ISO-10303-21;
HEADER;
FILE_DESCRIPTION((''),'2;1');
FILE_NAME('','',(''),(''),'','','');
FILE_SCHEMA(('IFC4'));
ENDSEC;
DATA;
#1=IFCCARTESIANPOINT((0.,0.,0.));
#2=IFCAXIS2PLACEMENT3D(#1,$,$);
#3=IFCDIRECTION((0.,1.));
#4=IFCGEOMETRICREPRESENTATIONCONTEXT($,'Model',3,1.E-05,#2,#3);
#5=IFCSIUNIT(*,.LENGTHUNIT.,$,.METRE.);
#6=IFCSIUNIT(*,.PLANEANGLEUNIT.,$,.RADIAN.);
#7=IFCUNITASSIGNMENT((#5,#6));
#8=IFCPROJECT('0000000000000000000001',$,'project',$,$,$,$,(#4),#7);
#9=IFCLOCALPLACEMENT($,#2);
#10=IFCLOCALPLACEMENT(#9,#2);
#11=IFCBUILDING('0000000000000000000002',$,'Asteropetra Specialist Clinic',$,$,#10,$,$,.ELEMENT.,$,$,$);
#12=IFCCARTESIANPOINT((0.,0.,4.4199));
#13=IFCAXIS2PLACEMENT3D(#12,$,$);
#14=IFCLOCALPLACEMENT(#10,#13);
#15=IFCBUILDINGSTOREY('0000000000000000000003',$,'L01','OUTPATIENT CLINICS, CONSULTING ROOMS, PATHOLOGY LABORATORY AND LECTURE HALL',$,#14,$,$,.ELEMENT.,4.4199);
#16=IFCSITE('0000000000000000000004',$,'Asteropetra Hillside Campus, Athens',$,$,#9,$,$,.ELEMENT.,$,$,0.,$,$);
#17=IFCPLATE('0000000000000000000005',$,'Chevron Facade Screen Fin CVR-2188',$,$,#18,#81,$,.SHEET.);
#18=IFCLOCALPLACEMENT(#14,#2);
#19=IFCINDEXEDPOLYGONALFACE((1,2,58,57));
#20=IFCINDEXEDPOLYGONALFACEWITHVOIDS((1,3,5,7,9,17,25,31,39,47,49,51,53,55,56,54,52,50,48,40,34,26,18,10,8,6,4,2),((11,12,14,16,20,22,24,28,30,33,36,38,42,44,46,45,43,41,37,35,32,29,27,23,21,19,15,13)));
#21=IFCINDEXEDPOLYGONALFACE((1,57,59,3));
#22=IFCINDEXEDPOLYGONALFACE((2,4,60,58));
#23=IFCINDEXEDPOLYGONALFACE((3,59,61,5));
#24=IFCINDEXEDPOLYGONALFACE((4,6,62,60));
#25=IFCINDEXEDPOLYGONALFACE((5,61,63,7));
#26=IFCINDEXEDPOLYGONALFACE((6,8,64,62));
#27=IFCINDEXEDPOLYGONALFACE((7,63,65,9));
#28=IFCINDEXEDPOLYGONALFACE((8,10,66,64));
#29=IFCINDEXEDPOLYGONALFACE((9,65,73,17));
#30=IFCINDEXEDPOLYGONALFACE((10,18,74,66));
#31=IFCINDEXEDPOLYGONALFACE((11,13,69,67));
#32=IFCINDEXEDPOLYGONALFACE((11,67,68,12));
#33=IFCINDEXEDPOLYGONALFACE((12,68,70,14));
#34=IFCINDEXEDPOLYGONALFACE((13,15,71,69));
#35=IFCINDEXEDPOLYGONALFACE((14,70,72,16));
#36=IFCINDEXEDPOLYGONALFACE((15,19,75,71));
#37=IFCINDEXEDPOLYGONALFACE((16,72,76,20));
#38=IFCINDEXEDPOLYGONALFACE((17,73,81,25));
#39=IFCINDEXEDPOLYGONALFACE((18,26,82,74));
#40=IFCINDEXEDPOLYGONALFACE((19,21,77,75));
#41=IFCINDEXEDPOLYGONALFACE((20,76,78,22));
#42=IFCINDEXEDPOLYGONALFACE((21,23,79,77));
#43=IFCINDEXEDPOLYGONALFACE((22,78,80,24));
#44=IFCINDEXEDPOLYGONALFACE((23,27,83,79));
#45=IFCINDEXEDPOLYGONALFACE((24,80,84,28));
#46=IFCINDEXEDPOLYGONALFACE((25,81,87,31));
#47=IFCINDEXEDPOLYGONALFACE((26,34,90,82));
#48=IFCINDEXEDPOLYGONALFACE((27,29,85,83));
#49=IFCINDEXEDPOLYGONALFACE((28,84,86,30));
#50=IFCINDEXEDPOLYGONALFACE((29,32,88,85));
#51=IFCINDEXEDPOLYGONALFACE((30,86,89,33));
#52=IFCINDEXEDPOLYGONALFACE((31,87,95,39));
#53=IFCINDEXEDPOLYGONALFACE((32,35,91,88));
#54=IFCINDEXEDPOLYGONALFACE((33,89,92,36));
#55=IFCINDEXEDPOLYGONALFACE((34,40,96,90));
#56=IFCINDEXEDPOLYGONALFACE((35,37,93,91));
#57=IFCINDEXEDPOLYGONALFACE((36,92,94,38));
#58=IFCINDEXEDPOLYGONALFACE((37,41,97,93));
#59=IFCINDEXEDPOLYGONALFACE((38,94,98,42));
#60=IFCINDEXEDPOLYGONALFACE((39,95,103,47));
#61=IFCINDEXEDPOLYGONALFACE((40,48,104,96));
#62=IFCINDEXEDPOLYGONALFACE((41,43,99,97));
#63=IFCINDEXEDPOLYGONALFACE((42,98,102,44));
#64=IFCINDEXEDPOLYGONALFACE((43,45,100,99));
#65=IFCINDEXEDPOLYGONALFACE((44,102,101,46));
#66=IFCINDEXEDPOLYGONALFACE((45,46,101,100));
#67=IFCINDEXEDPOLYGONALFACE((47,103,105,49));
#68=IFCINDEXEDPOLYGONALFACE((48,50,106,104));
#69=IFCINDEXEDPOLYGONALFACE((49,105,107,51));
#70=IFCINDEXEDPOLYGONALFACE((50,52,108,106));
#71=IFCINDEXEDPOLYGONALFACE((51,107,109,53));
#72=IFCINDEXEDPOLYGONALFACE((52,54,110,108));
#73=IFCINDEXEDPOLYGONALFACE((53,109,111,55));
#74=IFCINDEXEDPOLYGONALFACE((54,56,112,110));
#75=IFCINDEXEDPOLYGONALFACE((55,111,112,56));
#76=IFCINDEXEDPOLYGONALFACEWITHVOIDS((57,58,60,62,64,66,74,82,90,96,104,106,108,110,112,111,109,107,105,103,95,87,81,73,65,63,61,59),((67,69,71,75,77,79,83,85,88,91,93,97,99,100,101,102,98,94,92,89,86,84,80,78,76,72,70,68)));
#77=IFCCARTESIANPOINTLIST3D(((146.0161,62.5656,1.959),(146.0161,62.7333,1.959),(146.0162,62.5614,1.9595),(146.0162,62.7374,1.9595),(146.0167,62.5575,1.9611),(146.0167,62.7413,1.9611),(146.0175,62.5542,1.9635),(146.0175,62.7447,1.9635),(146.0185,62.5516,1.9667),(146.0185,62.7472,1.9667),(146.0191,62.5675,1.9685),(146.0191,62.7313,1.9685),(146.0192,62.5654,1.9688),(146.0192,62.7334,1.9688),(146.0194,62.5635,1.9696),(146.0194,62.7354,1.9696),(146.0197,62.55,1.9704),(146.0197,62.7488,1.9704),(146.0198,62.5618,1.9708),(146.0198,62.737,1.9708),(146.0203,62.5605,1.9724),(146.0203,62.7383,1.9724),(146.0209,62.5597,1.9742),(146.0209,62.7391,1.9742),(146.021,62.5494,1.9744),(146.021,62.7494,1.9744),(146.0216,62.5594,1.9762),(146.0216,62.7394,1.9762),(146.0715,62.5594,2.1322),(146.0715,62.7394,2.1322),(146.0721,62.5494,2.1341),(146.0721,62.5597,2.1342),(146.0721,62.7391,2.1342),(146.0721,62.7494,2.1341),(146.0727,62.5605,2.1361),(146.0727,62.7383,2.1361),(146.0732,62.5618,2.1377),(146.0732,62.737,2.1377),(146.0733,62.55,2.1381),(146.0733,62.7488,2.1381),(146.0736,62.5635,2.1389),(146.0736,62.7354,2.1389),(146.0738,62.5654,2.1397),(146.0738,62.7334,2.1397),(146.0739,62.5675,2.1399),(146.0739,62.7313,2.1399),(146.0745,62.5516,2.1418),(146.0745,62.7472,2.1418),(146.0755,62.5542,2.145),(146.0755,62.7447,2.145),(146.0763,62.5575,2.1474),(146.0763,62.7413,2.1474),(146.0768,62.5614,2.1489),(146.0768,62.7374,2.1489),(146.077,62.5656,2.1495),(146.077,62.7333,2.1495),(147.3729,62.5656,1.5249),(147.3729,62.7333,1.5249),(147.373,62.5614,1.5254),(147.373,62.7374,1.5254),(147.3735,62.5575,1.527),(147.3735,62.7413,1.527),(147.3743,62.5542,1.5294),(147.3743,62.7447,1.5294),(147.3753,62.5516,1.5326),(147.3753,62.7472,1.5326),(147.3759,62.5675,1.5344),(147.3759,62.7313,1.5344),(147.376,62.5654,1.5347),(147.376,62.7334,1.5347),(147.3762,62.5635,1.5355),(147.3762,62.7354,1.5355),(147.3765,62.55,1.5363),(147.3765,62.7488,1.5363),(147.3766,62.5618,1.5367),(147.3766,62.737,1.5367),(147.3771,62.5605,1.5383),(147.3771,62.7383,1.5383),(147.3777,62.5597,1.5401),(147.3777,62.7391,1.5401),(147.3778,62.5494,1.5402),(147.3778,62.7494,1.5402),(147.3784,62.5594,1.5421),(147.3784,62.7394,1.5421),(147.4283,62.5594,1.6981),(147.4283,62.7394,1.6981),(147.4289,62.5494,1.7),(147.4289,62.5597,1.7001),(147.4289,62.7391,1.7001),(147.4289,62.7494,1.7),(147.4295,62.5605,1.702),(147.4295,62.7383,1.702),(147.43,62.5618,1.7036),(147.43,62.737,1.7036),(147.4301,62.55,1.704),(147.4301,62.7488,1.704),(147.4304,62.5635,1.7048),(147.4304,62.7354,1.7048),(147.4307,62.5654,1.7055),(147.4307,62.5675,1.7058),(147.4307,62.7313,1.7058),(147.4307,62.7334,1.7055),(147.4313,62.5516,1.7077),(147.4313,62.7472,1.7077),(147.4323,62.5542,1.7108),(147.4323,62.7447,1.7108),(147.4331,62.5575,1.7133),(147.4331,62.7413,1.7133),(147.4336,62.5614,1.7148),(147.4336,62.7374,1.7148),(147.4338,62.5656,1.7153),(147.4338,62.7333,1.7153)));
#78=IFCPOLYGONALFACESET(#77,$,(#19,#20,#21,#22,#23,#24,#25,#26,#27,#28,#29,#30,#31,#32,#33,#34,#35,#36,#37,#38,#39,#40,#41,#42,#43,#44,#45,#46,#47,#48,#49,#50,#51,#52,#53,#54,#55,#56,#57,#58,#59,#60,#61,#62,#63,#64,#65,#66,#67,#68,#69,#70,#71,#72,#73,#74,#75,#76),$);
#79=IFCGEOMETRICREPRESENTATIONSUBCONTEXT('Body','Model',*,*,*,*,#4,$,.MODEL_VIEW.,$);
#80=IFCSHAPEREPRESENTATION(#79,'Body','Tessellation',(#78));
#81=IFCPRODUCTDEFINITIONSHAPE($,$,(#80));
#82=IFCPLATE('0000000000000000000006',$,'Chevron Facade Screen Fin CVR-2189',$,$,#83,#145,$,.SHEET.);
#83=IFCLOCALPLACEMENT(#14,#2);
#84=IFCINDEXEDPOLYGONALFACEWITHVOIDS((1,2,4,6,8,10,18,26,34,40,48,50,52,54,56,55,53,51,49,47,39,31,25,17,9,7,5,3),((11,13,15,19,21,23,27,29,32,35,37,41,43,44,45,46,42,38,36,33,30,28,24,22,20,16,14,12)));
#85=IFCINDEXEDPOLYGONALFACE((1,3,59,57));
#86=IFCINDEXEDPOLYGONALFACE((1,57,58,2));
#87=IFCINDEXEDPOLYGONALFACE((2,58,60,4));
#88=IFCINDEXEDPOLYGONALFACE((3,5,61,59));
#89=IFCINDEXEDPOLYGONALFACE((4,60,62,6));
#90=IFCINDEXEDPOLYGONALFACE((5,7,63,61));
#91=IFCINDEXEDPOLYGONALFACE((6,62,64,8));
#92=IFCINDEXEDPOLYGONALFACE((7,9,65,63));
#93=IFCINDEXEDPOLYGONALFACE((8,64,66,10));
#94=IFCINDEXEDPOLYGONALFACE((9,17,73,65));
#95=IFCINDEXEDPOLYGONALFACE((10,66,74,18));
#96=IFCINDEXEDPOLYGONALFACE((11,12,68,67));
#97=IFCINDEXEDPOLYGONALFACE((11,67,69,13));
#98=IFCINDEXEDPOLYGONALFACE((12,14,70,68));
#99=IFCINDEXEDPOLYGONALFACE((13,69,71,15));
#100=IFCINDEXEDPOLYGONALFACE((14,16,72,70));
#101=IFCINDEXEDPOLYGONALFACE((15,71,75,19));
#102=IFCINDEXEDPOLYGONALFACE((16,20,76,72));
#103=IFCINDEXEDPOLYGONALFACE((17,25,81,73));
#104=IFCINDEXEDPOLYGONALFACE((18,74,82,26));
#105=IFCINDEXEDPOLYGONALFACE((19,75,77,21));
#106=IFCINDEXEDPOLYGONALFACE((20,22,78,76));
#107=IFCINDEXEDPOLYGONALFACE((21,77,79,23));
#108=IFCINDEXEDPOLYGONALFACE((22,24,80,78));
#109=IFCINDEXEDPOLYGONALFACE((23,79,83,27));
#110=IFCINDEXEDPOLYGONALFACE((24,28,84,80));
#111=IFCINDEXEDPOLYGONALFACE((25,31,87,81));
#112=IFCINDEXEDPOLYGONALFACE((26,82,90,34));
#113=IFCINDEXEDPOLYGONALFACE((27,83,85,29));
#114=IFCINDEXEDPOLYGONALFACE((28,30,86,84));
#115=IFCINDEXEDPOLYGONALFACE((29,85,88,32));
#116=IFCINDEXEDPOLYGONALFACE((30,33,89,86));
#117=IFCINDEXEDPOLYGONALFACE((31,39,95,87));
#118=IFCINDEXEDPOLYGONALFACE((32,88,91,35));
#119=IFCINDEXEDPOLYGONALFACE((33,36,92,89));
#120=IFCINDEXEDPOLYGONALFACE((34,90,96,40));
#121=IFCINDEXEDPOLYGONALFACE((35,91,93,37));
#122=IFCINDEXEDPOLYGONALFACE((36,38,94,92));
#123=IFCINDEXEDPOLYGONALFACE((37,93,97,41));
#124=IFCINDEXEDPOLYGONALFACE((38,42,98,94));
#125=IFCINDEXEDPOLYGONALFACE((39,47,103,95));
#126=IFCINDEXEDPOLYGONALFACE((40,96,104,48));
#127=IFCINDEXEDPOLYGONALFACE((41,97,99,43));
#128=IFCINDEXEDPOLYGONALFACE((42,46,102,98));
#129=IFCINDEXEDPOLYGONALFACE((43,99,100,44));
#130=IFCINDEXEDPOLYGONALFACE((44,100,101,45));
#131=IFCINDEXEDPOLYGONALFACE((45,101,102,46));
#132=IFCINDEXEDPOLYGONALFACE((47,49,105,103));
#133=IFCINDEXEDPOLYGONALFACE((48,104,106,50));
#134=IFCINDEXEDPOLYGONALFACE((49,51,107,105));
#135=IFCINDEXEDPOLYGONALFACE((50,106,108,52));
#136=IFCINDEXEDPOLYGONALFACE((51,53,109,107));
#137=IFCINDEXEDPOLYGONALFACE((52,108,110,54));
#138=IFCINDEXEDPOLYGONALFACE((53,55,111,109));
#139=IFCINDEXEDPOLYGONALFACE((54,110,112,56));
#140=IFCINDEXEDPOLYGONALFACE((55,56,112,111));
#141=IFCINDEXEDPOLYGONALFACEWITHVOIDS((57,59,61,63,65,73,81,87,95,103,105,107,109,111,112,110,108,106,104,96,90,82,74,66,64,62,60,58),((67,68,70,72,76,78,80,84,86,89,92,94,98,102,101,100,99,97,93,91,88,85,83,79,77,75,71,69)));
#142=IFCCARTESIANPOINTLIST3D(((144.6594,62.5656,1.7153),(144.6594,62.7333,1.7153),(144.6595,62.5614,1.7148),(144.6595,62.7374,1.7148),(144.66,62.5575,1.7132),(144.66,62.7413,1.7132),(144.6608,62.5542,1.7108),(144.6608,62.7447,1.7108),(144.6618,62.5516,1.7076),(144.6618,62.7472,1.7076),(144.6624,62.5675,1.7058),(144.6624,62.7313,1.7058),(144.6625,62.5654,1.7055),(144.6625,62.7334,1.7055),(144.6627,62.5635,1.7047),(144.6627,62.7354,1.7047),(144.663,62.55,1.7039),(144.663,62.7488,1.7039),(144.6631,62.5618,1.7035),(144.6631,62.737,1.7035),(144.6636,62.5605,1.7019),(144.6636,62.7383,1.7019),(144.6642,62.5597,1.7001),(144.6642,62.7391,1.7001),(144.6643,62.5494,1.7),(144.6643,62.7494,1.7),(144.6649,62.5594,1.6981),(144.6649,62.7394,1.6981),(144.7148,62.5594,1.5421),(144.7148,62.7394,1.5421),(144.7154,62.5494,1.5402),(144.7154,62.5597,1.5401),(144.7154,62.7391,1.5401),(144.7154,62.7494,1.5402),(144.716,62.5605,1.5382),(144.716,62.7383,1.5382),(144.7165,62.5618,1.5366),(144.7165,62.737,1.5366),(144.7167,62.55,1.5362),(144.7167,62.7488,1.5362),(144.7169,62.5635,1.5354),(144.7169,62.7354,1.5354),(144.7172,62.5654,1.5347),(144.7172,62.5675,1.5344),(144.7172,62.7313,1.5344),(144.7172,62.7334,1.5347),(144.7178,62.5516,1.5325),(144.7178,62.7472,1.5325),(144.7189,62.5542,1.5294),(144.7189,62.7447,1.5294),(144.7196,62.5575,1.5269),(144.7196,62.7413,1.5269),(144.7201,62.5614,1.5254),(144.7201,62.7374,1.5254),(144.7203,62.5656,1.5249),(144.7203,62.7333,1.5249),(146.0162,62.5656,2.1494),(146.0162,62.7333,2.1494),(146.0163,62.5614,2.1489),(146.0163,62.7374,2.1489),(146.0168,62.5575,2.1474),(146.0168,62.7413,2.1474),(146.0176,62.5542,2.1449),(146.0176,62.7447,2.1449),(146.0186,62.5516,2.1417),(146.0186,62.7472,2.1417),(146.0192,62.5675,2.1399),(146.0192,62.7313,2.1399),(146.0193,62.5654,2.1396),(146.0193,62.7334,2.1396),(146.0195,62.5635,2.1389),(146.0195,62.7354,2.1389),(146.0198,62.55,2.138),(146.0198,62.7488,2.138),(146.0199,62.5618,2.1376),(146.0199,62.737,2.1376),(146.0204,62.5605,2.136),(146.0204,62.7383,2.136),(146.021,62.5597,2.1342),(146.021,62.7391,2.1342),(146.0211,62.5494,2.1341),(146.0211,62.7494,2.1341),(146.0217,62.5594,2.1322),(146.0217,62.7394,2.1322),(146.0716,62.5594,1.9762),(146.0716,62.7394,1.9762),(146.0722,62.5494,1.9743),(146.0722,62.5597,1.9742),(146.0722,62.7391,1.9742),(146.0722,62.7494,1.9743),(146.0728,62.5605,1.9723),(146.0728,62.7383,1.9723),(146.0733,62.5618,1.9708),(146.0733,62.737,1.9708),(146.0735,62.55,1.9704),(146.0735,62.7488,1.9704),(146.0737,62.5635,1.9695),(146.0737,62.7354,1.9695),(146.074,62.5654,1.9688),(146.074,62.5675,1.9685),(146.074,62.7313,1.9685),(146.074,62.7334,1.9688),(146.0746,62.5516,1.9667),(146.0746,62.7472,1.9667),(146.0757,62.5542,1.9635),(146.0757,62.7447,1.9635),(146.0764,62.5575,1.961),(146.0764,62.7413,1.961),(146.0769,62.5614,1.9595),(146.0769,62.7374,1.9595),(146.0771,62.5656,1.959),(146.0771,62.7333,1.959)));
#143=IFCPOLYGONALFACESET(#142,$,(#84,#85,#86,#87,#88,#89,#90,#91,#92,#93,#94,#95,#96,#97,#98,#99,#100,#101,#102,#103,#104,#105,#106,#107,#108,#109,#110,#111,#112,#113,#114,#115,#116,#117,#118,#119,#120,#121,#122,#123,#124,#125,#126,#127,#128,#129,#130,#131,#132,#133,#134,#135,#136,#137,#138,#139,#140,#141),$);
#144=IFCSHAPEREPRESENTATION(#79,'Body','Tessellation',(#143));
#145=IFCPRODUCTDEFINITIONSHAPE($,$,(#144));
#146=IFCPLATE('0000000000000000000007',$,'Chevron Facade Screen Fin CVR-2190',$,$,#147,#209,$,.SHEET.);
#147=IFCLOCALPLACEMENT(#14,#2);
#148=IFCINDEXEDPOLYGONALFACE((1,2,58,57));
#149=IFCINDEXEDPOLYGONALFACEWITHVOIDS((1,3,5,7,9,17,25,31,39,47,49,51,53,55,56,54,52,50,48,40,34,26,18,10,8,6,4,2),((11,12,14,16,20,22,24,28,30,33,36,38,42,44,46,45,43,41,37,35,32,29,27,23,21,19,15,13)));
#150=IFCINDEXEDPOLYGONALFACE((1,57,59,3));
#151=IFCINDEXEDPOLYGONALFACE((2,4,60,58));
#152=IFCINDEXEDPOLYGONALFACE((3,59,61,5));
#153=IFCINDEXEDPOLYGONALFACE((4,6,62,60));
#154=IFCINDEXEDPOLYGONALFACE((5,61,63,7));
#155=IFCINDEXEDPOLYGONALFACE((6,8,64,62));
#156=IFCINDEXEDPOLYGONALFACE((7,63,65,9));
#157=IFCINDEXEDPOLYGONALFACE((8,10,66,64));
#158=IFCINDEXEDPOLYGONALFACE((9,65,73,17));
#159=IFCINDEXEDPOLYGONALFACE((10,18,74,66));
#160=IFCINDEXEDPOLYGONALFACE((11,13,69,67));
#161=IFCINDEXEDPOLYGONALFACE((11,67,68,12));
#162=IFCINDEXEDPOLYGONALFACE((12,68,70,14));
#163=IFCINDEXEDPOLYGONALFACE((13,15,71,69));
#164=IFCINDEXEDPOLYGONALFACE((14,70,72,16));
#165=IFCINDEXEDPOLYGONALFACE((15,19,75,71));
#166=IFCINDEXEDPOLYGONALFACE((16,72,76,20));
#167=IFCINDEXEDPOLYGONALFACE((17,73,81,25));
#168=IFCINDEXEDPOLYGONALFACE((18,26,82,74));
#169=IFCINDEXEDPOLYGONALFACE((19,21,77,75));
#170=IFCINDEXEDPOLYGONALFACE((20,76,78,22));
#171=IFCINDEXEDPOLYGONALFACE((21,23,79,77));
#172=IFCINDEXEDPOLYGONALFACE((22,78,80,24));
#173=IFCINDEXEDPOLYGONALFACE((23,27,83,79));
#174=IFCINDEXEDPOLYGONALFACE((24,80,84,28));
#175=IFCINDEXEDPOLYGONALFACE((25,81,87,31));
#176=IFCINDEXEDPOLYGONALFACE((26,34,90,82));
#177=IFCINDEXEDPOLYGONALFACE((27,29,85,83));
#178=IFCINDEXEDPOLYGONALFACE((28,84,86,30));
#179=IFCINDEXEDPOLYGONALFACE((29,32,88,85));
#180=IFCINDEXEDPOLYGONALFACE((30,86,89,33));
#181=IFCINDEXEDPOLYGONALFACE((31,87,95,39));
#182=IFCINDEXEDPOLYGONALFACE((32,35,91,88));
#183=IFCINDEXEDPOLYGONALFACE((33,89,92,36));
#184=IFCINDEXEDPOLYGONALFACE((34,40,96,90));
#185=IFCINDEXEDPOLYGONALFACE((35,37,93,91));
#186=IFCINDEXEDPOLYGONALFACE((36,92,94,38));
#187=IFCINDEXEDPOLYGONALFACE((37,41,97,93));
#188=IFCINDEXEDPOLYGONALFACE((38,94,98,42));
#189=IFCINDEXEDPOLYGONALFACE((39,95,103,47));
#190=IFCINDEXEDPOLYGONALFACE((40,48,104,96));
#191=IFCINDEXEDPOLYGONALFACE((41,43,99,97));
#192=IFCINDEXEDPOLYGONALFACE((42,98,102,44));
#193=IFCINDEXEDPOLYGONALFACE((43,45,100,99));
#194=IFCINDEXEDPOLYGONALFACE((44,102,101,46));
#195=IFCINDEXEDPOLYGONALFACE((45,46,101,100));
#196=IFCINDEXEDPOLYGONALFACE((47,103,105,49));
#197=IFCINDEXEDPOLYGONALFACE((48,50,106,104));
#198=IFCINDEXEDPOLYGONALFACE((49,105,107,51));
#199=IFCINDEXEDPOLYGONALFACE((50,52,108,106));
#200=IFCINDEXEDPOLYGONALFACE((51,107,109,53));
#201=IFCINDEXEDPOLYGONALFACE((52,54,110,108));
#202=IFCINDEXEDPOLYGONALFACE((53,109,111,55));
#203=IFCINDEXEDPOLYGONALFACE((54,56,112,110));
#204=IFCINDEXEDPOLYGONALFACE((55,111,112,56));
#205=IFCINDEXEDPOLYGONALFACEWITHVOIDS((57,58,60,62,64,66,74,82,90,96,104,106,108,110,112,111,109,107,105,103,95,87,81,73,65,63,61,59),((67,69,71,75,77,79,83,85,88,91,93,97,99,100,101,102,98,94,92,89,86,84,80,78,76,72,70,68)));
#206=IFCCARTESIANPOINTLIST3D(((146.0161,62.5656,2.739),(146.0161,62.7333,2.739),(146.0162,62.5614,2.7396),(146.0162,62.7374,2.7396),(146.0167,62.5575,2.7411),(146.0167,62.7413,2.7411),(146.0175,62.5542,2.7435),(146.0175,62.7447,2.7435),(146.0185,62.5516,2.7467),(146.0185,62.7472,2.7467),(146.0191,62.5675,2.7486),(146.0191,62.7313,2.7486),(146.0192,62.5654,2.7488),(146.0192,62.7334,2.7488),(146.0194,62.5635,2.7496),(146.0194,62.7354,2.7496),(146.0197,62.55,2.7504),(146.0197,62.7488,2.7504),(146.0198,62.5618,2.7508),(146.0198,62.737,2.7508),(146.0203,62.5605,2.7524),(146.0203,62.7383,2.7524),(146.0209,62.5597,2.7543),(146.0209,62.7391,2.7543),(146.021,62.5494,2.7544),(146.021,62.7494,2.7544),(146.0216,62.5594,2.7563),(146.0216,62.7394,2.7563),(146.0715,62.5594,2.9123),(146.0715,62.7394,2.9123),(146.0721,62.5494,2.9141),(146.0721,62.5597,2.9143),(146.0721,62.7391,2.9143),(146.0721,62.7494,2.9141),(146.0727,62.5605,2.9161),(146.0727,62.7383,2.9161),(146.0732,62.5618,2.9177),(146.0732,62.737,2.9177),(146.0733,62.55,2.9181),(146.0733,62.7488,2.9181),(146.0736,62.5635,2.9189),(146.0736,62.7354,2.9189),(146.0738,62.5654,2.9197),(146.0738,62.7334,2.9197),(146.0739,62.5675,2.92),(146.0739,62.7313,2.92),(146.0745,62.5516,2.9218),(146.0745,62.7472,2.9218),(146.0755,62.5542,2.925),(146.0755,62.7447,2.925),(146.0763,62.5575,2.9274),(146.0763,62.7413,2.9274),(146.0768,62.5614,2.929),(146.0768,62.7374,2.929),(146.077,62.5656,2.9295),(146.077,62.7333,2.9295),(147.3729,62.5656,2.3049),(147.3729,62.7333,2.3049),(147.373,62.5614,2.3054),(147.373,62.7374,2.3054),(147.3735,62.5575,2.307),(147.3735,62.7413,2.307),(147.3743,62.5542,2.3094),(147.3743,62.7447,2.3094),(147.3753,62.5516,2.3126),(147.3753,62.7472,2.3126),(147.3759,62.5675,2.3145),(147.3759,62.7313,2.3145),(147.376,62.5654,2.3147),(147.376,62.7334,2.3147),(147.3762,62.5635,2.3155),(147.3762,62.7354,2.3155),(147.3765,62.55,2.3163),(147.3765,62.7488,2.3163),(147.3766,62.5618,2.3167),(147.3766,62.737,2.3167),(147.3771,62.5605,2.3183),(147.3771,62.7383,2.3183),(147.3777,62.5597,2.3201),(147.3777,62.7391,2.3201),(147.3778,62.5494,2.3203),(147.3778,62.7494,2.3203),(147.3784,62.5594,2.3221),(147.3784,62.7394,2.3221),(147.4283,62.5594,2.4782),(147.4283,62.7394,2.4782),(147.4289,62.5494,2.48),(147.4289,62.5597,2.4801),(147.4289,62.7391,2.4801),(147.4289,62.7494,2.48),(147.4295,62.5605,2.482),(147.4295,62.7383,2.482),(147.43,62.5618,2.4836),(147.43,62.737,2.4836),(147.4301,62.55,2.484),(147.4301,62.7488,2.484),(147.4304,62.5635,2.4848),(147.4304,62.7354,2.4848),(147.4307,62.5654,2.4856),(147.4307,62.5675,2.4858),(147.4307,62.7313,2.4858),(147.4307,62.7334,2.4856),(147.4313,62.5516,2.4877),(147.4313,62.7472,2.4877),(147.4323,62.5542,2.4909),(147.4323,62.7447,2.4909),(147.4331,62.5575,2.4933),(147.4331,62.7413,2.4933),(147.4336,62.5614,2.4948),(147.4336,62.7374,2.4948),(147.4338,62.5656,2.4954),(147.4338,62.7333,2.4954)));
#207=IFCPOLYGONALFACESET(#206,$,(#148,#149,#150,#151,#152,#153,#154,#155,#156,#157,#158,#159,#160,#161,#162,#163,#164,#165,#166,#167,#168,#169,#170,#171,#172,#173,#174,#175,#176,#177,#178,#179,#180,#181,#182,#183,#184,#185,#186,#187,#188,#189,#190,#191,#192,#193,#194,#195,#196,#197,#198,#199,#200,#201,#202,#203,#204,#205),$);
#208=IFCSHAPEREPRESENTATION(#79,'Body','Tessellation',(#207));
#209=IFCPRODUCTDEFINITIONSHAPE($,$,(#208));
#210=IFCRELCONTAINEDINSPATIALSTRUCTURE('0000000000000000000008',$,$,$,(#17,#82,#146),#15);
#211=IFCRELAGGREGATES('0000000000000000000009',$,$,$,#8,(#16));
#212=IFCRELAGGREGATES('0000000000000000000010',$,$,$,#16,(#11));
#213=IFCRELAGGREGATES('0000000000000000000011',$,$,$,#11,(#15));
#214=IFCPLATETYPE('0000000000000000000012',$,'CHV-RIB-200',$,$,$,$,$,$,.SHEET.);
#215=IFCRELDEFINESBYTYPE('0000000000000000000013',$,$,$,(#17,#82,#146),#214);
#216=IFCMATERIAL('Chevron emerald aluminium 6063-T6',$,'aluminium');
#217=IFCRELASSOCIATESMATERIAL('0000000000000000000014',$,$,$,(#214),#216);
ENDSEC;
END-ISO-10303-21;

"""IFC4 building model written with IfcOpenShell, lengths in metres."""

from ifc_helpers import new_model, si_unit, direction, frame, origin, origin_2d, place, context, subcontext, project, spatial, hollow_rectangle, extrude, material, material_profile, profile_set, type_object, element, save


model = new_model("IFC4")

# Units and contexts
model_context = context("Model", 3, precision=1e-05, world=origin(), true_north=direction((0.0, 1.0)))
body_context = subcontext(model_context, "Body", "Model", "MODEL_VIEW")
ifc_project = project(units=[si_unit("LENGTHUNIT", "METRE"), si_unit("PLANEANGLEUNIT", "RADIAN")], contexts=[model_context])

# Site, building, storey
site_placement = place(None, origin())
site = spatial("IfcSite", under=ifc_project, at=site_placement, Name="Asteropetra Hillside Campus, Athens", CompositionType="ELEMENT", RefElevation=0.0)
building_placement = place(site_placement, origin())
building = spatial("IfcBuilding", under=site, at=building_placement, Name="Asteropetra Specialist Clinic", CompositionType="ELEMENT")
storey_placement = place(building_placement, frame((0.0, 0.0, 4.4199)))
storey = spatial("IfcBuildingStorey", under=building, at=storey_placement, Name="L01", Description="OUTPATIENT CLINICS, CONSULTING ROOMS, PATHOLOGY LABORATORY AND LECTURE HALL", CompositionType="ELEMENT", Elevation=4.4199)

# Plates
ifc_material_1 = material(Name="Chevron emerald aluminium 6063-T6", Category="aluminium")
ifc_material_profile_1 = material_profile(ifc_material_1, hollow_rectangle(XDim=0.2, YDim=0.2, WallThickness=0.01, InnerFilletRadius=0.0081, OuterFilletRadius=0.0161, at=origin_2d()), Name="SHS 200x200x10.0")
ifc_profile_set_1 = profile_set([ifc_material_profile_1], Name="Chevron emerald aluminium 6063-T6")
plate_type = type_object("IfcPlateType", Name="CHV-RIB-200", PredefinedType="SHEET", material=ifc_profile_set_1)
for number, where, z_axis, x_axis, name in (
    (1, (147.4033, 62.6494, 1.6201), (-0.952436, 0.0, 0.304738), (0.0, -1.0, 0.0), "Chevron Facade Screen Fin CVR-2188"),
    (2, (146.0466, 62.6494, 2.0542), (-0.952436, 0.0, -0.304738), (0.0, -1.0, 0.0), "Chevron Facade Screen Fin CVR-2189"),
    (3, (147.4033, 62.6494, 2.4001), (-0.952436, 0.0, 0.304738), (0.0, -1.0, 0.0), "Chevron Facade Screen Fin CVR-2190"),
):
    element("IfcPlate", number, at=place(storey_placement, frame(where, z_axis=z_axis, x_axis=x_axis)), inside=storey, type_object=plate_type, Name=name, PredefinedType="SHEET", context=body_context, shape_type="SweptSolid", body=[
        extrude(hollow_rectangle(XDim=0.2, YDim=0.2, WallThickness=0.01, InnerFilletRadius=0.0081, OuterFilletRadius=0.0161, at=origin_2d()), origin(), (0.0, 0.0, 1.0), 1.4246),
    ])

save(model, "model.ifc")
